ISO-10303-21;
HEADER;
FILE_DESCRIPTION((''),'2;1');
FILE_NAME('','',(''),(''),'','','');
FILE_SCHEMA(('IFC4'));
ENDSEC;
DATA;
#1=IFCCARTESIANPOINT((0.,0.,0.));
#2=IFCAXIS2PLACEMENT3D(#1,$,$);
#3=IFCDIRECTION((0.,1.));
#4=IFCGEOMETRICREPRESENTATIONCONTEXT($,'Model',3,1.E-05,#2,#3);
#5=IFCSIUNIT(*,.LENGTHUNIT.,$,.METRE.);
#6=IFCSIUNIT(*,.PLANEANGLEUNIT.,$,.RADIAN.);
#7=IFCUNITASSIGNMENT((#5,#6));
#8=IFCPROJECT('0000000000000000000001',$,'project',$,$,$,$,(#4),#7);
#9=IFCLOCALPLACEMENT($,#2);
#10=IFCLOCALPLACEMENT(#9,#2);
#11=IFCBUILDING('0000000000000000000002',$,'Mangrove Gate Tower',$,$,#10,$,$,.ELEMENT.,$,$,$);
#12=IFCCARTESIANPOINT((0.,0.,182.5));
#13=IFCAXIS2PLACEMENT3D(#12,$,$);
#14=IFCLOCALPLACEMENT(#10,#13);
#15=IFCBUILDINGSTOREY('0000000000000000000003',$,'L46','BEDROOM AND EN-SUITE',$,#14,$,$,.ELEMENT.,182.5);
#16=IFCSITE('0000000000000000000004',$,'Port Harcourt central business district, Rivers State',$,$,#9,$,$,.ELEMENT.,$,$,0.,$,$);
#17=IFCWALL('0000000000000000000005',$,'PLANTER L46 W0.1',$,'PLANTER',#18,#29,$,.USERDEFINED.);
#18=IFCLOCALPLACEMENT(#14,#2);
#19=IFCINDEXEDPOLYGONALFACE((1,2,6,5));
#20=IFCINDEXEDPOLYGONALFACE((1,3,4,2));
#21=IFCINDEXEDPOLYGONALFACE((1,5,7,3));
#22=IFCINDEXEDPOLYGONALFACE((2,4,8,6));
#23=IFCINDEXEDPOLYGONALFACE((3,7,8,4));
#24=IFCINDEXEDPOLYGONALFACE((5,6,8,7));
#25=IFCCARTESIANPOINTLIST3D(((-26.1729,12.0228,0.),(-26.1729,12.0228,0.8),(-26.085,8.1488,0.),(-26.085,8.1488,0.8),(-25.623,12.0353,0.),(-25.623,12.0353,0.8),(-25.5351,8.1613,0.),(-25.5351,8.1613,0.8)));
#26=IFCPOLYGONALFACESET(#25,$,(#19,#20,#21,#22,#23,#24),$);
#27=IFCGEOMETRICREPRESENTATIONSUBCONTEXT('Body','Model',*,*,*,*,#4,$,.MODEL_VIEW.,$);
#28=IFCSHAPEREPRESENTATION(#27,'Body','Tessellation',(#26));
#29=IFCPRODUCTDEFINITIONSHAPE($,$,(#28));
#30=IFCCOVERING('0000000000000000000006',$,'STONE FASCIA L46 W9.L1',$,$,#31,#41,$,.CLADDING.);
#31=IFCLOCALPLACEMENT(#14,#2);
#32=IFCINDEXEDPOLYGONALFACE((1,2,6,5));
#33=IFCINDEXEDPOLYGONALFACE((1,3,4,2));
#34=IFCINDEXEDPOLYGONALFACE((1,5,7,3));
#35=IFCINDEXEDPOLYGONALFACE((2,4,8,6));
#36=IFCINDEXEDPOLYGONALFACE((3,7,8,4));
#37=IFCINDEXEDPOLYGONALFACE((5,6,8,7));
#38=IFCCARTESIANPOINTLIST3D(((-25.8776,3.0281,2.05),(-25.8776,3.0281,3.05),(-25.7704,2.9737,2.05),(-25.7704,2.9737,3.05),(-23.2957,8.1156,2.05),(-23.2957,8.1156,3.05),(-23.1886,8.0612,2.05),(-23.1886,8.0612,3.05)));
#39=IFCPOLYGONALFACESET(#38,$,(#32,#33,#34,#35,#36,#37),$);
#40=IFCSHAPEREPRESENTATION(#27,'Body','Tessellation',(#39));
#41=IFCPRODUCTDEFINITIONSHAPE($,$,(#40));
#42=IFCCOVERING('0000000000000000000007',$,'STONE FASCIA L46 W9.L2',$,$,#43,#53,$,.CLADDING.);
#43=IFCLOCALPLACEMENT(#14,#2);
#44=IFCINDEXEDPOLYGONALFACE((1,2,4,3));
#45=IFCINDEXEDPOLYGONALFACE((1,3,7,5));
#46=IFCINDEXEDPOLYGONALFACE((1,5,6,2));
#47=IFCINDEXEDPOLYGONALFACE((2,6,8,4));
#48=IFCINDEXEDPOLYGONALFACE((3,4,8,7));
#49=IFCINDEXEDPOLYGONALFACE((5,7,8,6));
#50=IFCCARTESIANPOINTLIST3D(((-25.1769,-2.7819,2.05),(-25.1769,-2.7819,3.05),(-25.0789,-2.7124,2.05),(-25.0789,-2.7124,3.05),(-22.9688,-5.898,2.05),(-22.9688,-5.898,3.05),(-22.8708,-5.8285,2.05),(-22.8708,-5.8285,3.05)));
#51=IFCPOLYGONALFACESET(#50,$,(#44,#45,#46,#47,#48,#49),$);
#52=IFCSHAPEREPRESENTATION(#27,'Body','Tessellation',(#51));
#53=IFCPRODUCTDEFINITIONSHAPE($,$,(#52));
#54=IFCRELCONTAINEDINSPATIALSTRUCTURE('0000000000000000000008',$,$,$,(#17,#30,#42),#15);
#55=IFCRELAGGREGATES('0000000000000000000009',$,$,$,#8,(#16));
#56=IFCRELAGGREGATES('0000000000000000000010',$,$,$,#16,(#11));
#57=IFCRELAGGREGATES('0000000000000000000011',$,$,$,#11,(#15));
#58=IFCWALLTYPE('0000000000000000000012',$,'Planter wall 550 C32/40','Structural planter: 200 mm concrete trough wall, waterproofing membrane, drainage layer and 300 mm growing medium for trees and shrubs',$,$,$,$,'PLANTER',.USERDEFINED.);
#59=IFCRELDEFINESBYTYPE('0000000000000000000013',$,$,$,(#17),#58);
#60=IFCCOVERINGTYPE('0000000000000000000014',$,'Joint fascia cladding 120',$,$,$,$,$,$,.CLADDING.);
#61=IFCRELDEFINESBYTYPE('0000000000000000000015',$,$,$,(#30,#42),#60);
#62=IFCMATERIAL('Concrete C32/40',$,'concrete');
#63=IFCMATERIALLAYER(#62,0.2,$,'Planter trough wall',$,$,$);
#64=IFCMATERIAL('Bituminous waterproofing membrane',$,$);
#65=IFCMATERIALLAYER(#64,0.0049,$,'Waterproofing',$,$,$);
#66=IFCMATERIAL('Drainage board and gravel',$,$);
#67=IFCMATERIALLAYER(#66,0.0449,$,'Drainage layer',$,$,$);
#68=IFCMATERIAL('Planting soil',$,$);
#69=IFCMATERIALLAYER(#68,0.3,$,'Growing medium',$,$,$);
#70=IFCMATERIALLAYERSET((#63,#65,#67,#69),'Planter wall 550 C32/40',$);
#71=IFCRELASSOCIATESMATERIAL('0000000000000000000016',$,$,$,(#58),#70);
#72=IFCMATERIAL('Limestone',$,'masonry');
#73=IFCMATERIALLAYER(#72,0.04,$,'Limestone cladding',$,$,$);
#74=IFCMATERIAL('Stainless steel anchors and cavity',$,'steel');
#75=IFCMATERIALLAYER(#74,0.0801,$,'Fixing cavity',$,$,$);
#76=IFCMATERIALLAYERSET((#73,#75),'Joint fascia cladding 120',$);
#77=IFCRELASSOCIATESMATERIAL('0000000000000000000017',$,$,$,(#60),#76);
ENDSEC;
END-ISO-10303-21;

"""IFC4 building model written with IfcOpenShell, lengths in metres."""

from ifc_helpers import new_model, si_unit, direction, frame, frame_2d, origin, place, context, subcontext, project, spatial, rectangle, extrude, material, layer, layer_set, type_object, element, save


model = new_model("IFC4")

# Units and contexts
model_context = context("Model", 3, precision=1e-05, world=origin(), true_north=direction((0.0, 1.0)))
body_context = subcontext(model_context, "Body", "Model", "MODEL_VIEW")
ifc_project = project(units=[si_unit("LENGTHUNIT", "METRE"), si_unit("PLANEANGLEUNIT", "RADIAN")], contexts=[model_context])

# Site, building, storey
site_placement = place(None, origin())
site = spatial("IfcSite", under=ifc_project, at=site_placement, Name="Port Harcourt central business district, Rivers State", CompositionType="ELEMENT", RefElevation=0.0)
building_placement = place(site_placement, origin())
building = spatial("IfcBuilding", under=site, at=building_placement, Name="Mangrove Gate Tower", CompositionType="ELEMENT")
storey_placement = place(building_placement, frame((0.0, 0.0, 182.5)))
storey = spatial("IfcBuildingStorey", under=building, at=storey_placement, Name="L46", Description="BEDROOM AND EN-SUITE", CompositionType="ELEMENT", Elevation=182.5)

# Shared definitions
ifc_material_1 = material(Name="Limestone", Category="masonry")

# Wall
ifc_material_2 = material(Name="Concrete C32/40", Category="concrete")
ifc_layer_1 = layer(ifc_material_2, 0.2, Name="Planter trough wall")
ifc_material_3 = material(Name="Bituminous waterproofing membrane")
ifc_layer_2 = layer(ifc_material_3, 0.0049, Name="Waterproofing")
ifc_material_4 = material(Name="Drainage board and gravel")
ifc_layer_3 = layer(ifc_material_4, 0.0449, Name="Drainage layer")
ifc_material_5 = material(Name="Planting soil")
ifc_layer_4 = layer(ifc_material_5, 0.3, Name="Growing medium")
ifc_layer_set_1 = layer_set([ifc_layer_1, ifc_layer_2, ifc_layer_3, ifc_layer_4], Name="Planter wall 550 C32/40")
wall_type_1 = type_object("IfcWallType", Name="Planter wall 550 C32/40", Description="Structural planter: 200 mm concrete trough wall, waterproofing membrane, drainage layer and 300 mm growing medium for trees and shrubs", ElementType="PLANTER", PredefinedType="USERDEFINED", material=ifc_layer_set_1)
wall_1_placement = place(storey_placement, frame((-25.8101, 8.155, 0.0), z_axis=(0.0, 0.0, 1.0), x_axis=(-0.022681, 0.999743, 0.0)))
element("IfcWall", 1, at=wall_1_placement, inside=storey, type_object=wall_type_1, Name="PLANTER L46 W0.1", ObjectType="PLANTER", PredefinedType="USERDEFINED", context=body_context, shape_type="SweptSolid", body=[
    extrude(rectangle(XDim=3.875, YDim=0.55, at=frame_2d((1.9375, 0.0))), origin(), (0.0, 0.0, 1.0), 0.8),
])

# Coverings
ifc_layer_5 = layer(ifc_material_1, 0.04, Name="Limestone cladding")
ifc_material_6 = material(Name="Stainless steel anchors and cavity", Category="steel")
ifc_layer_6 = layer(ifc_material_6, 0.0801, Name="Fixing cavity")
ifc_layer_set_2 = layer_set([ifc_layer_5, ifc_layer_6], Name="Joint fascia cladding 120")
covering_type = type_object("IfcCoveringType", Name="Joint fascia cladding 120", PredefinedType="CLADDING", material=ifc_layer_set_2)
covering_1_placement = place(storey_placement, frame((-23.2422, 8.0884, 2.05), z_axis=(0.0, 0.0, 1.0), x_axis=(-0.452546, -0.891741, 0.0)))
element("IfcCovering", 2, at=covering_1_placement, inside=storey, type_object=covering_type, Name="STONE FASCIA L46 W9.L1", PredefinedType="CLADDING", context=body_context, shape_type="SweptSolid", body=[
    extrude(rectangle(XDim=5.7051, YDim=0.1201, at=frame_2d((2.8525, 0.0))), origin(), (0.0, 0.0, 1.0), 1.0),
])
covering_2_placement = place(storey_placement, frame((-25.1279, -2.7471, 2.05), z_axis=(0.0, 0.0, 1.0), x_axis=(0.578168, -0.815918, 0.0)))
element("IfcCovering", 3, at=covering_2_placement, inside=storey, type_object=covering_type, Name="STONE FASCIA L46 W9.L2", PredefinedType="CLADDING", context=body_context, shape_type="SweptSolid", body=[
    extrude(rectangle(XDim=3.8191, YDim=0.1201, at=frame_2d((1.9097, 0.0))), origin(), (0.0, 0.0, 1.0), 1.0),
])

save(model, "model.ifc")
